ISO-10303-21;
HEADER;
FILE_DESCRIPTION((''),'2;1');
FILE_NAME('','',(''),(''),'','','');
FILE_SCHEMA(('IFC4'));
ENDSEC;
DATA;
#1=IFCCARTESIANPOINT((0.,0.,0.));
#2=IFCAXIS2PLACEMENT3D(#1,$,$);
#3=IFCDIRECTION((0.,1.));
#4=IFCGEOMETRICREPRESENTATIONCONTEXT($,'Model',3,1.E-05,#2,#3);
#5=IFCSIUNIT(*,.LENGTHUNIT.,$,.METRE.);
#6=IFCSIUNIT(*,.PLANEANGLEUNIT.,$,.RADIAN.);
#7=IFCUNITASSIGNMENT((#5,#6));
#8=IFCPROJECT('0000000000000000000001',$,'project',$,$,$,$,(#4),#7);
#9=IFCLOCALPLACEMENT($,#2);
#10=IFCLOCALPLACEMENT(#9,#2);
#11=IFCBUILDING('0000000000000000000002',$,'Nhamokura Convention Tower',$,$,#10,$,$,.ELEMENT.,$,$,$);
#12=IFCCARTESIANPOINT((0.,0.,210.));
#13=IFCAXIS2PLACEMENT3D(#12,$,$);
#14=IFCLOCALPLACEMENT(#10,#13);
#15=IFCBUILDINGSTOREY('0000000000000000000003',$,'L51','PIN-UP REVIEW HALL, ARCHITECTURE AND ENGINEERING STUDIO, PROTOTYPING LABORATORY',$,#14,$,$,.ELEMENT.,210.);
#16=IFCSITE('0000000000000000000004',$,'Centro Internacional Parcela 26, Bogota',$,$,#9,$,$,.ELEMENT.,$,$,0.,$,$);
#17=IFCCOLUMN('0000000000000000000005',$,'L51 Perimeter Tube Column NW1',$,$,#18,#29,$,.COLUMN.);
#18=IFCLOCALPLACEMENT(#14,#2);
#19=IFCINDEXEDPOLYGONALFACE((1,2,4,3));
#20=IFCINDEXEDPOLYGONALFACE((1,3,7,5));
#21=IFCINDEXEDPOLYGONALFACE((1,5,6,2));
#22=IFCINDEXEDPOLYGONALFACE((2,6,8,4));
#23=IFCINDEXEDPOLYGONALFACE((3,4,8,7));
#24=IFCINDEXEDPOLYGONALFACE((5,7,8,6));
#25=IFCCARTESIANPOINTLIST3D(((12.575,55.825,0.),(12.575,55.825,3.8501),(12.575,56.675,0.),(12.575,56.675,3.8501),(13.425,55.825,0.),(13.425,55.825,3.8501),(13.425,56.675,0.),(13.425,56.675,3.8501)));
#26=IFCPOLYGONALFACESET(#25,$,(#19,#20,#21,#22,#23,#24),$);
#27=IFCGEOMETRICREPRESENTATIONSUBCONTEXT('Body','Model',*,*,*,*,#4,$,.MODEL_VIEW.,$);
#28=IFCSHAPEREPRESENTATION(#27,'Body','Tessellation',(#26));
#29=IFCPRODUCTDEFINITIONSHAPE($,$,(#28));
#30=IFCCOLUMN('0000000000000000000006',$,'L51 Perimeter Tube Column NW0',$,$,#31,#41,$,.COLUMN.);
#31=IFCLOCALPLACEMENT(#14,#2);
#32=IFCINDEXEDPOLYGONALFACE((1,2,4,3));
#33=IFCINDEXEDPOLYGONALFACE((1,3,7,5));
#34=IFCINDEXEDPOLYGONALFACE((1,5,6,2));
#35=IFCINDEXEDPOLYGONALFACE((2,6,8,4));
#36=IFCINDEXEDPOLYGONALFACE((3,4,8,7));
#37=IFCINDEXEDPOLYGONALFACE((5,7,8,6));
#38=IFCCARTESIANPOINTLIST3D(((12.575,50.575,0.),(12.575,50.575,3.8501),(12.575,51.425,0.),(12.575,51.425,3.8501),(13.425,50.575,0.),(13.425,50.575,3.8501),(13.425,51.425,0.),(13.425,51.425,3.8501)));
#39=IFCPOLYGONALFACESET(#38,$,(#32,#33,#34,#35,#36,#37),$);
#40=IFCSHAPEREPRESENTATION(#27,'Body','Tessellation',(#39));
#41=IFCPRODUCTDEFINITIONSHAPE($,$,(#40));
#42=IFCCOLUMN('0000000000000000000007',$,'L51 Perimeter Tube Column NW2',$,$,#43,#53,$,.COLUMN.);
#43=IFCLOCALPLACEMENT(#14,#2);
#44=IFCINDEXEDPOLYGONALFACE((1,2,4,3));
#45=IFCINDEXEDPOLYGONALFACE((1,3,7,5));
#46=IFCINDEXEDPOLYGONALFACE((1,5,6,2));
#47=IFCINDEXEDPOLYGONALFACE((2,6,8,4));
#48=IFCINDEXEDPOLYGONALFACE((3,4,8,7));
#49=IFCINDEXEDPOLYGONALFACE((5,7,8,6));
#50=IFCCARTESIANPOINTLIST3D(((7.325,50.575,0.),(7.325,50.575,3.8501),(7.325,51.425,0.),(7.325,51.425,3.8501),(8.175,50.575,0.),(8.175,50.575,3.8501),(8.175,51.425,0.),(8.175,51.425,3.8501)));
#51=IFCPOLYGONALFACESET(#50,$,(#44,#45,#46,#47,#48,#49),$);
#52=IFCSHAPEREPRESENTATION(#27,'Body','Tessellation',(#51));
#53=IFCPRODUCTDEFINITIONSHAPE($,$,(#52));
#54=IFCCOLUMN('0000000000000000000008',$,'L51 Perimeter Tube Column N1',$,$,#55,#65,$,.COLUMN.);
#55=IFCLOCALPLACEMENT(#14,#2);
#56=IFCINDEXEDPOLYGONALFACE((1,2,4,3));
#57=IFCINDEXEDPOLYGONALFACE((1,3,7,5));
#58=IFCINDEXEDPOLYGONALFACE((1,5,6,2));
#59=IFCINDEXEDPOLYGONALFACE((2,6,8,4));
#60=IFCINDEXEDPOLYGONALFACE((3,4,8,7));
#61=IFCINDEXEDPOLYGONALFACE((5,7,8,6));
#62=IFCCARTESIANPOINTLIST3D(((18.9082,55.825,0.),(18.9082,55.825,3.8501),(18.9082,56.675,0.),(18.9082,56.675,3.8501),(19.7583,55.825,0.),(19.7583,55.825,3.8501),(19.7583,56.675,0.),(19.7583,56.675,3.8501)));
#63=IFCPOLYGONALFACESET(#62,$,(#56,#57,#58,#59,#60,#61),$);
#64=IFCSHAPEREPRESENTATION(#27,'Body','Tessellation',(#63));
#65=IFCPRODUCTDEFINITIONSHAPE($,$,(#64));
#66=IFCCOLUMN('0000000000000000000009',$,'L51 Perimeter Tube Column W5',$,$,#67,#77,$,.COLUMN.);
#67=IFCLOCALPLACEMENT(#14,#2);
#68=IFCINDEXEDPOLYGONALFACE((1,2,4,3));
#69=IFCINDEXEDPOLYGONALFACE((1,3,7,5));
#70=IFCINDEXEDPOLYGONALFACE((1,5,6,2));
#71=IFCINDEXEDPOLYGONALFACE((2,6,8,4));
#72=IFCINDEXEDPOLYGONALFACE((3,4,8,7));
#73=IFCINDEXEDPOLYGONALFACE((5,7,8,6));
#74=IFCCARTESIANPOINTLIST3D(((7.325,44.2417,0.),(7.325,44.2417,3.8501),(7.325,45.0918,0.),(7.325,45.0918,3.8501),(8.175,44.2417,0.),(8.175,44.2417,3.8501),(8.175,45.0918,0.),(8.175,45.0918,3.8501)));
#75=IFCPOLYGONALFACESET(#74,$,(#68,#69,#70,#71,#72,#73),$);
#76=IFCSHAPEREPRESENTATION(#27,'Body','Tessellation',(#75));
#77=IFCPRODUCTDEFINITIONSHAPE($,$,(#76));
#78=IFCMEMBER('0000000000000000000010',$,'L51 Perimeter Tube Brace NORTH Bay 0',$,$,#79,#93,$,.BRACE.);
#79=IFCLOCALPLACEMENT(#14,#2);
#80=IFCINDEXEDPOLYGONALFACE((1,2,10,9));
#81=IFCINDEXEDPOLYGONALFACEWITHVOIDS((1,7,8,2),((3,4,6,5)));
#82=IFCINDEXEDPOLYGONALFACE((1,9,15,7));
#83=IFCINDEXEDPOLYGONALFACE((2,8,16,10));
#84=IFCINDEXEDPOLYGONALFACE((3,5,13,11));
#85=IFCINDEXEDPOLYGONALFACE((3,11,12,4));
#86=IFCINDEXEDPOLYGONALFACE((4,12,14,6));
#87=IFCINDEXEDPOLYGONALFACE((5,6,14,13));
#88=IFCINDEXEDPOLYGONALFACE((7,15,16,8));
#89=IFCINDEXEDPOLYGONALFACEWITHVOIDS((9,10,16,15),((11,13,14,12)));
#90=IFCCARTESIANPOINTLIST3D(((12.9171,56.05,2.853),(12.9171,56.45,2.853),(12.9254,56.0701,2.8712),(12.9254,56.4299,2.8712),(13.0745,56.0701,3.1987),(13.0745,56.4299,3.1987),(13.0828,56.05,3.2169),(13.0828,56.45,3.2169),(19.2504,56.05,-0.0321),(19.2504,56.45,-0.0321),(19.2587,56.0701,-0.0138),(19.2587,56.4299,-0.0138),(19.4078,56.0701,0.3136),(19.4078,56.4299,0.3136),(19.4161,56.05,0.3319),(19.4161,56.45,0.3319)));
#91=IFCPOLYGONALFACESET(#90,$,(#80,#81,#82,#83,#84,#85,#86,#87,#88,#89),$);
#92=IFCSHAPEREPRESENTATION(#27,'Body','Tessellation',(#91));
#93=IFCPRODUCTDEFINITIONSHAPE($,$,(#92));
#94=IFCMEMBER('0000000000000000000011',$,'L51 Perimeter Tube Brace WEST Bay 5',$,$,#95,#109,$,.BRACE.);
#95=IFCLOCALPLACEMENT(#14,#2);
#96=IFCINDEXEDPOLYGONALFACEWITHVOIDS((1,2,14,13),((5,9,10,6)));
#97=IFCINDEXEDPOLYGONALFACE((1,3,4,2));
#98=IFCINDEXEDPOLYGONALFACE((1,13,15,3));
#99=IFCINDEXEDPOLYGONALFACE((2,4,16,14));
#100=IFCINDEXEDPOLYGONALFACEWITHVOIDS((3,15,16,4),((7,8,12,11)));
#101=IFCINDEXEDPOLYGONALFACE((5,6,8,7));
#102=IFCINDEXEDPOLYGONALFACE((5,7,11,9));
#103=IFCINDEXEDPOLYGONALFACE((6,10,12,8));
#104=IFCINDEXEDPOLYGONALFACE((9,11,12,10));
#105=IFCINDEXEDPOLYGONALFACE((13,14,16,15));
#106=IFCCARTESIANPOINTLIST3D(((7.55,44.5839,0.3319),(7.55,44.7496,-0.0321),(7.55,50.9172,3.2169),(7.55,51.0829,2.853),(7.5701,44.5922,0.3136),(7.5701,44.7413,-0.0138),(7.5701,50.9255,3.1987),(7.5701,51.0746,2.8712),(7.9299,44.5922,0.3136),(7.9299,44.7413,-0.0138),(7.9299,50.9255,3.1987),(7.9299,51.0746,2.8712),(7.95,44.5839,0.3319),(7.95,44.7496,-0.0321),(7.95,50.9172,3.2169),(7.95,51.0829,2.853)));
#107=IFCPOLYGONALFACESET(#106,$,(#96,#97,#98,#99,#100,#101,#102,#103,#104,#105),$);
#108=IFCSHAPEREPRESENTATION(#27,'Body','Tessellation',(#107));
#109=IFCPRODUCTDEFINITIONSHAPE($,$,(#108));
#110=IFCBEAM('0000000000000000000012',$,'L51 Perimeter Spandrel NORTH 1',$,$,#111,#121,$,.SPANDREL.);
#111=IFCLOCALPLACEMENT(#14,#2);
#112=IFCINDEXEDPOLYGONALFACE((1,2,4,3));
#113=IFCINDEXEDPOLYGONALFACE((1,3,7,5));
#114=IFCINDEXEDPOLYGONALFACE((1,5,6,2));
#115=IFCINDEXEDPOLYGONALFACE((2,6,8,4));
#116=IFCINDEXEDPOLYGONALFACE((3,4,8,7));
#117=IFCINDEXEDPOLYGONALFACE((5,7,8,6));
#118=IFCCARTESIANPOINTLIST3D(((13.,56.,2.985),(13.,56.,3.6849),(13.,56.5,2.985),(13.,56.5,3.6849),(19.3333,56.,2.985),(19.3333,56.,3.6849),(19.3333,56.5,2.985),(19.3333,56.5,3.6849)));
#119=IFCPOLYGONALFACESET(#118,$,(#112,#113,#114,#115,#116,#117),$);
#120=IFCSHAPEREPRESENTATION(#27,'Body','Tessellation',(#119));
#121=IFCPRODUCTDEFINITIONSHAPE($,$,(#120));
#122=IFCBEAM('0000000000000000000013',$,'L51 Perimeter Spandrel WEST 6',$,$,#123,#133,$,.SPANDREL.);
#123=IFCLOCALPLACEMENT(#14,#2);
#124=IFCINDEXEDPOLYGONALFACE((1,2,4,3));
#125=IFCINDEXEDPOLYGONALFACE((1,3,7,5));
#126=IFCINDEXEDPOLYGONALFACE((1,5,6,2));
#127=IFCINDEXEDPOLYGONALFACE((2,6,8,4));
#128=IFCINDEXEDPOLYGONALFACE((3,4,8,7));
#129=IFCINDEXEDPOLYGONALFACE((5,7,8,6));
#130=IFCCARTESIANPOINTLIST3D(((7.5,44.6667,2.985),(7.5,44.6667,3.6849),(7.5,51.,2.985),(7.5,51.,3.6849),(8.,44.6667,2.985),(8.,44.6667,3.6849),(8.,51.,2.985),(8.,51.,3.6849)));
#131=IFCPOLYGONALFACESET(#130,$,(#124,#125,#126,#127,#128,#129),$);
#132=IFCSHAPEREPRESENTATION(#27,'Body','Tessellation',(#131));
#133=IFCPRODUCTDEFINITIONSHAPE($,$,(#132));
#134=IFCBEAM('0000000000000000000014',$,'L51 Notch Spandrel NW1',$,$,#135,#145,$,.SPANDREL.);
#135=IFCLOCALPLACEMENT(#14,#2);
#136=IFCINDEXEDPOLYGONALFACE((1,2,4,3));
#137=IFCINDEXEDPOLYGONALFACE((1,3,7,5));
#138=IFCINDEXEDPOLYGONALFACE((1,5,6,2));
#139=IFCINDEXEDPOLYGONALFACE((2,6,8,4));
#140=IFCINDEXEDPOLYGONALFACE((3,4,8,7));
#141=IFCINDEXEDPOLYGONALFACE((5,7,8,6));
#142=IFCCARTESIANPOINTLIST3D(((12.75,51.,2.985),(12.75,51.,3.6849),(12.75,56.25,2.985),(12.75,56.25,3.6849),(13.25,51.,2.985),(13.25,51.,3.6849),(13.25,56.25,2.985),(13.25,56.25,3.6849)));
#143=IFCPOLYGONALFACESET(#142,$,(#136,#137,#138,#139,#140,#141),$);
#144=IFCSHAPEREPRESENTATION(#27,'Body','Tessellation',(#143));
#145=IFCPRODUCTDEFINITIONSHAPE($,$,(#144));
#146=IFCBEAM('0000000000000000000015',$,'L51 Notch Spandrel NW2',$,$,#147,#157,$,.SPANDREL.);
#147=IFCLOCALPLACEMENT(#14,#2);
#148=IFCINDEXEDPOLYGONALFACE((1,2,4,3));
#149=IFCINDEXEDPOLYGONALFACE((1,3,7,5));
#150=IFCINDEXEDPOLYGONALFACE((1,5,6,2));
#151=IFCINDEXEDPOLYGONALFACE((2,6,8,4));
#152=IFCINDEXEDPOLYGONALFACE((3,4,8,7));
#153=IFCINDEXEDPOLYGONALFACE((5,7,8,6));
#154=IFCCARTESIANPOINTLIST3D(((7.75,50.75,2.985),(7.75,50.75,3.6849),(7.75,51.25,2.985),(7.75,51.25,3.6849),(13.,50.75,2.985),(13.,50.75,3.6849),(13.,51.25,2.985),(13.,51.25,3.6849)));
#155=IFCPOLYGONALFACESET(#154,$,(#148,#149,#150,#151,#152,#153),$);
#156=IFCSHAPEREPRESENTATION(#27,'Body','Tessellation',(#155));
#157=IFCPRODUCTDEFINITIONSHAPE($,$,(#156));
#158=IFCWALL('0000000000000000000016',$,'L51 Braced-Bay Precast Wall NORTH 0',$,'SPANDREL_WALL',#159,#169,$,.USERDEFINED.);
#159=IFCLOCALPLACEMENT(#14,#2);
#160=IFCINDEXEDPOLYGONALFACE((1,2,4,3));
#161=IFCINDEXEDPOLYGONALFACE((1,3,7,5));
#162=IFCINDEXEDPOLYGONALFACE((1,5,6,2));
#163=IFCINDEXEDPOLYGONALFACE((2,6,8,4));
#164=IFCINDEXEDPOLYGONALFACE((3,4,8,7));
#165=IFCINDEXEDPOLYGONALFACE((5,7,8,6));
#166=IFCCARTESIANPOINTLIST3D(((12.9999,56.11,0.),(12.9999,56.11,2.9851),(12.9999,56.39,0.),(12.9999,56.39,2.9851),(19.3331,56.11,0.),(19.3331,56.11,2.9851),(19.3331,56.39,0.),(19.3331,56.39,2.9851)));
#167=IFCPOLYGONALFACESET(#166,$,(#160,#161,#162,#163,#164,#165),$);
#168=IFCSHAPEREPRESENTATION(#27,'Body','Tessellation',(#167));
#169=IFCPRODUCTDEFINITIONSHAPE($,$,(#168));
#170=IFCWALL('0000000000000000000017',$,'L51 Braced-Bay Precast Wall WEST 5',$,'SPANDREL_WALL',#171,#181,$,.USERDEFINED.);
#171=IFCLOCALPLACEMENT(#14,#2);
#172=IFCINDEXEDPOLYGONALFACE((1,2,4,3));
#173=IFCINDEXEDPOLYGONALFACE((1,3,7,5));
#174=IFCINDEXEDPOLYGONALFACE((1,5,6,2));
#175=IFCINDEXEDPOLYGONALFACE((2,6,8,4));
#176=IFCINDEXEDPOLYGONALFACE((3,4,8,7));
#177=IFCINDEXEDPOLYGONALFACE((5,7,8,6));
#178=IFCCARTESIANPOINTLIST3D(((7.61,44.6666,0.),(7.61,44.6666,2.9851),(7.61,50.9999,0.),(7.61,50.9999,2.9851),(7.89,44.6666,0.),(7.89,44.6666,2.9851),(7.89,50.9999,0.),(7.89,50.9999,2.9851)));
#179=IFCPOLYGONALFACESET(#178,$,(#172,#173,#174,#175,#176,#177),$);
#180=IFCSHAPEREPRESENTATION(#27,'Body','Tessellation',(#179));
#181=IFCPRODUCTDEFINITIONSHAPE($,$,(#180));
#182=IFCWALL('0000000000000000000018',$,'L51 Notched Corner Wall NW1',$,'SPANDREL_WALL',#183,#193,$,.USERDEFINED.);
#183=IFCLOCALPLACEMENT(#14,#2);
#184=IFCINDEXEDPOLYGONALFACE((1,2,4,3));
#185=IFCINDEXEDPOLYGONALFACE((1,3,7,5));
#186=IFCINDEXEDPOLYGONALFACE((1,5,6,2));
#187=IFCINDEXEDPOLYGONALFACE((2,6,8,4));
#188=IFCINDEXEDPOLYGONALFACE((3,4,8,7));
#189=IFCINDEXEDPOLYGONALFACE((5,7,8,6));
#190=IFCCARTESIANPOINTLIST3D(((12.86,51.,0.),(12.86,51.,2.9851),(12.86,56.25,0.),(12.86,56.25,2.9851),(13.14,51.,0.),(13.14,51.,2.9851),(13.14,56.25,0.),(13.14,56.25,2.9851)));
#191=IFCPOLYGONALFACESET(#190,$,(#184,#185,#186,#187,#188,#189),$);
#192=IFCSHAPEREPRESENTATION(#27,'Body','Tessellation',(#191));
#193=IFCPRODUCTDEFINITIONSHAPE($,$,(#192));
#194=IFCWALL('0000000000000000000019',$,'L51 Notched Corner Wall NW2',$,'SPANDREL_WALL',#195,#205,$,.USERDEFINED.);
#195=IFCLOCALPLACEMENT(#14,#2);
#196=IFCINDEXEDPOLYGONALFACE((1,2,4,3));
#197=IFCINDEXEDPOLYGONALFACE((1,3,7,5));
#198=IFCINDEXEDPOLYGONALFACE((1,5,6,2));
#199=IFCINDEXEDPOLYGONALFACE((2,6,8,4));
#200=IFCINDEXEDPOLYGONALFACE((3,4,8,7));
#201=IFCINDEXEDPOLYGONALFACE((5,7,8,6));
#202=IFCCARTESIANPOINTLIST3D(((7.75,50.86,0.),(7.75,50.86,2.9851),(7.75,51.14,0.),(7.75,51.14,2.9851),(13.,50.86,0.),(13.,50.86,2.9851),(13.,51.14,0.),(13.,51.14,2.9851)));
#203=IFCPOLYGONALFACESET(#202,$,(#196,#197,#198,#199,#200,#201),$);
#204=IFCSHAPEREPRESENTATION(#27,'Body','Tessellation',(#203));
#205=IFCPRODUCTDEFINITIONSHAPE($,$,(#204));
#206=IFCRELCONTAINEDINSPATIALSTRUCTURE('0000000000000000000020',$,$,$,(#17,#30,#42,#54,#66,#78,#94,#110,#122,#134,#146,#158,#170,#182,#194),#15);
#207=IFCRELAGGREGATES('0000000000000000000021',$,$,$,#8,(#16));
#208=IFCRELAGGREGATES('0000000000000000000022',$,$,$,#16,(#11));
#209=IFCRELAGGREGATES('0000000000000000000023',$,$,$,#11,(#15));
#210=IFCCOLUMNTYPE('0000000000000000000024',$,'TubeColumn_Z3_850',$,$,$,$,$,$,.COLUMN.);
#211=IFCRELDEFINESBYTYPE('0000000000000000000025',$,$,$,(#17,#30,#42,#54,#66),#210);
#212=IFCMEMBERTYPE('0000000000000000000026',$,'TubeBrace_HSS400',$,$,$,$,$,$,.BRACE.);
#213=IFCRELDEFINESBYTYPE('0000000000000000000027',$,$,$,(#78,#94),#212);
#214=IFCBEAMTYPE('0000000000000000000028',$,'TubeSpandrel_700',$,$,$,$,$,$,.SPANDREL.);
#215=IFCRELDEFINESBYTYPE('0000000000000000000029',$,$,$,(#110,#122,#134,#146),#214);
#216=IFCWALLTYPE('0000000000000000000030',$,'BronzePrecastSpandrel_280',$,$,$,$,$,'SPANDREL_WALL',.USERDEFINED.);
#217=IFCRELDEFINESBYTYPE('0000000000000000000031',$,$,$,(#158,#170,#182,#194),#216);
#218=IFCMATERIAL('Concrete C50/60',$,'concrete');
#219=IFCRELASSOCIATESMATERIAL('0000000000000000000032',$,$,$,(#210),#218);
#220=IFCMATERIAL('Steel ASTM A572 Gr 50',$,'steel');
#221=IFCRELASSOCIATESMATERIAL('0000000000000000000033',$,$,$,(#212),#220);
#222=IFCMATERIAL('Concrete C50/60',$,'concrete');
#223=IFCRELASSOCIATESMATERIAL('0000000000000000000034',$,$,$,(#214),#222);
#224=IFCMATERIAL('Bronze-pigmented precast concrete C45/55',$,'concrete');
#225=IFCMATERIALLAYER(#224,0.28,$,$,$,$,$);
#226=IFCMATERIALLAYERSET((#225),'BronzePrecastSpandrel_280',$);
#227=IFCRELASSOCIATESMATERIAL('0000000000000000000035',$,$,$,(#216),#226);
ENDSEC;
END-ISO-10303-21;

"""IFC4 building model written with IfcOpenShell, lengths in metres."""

from ifc_helpers import new_model, si_unit, direction, frame, frame_2d, origin, origin_2d, place, context, subcontext, project, spatial, rectangle, hollow_rectangle, extrude, material, layer, layer_set, material_profile, profile_set, type_object, element, save


model = new_model("IFC4")

# Units and contexts
model_context = context("Model", 3, precision=1e-05, world=origin(), true_north=direction((0.0, 1.0)))
body_context = subcontext(model_context, "Body", "Model", "MODEL_VIEW")
ifc_project = project(units=[si_unit("LENGTHUNIT", "METRE"), si_unit("PLANEANGLEUNIT", "RADIAN")], contexts=[model_context])

# Site, building, storey
site_placement = place(None, origin())
site = spatial("IfcSite", under=ifc_project, at=site_placement, Name="Centro Internacional Parcela 26, Bogota", CompositionType="ELEMENT", RefElevation=0.0)
building_placement = place(site_placement, origin())
building = spatial("IfcBuilding", under=site, at=building_placement, Name="Nhamokura Convention Tower", CompositionType="ELEMENT")
storey_placement = place(building_placement, frame((0.0, 0.0, 210.0)))
storey = spatial("IfcBuildingStorey", under=building, at=storey_placement, Name="L51", Description="PIN-UP REVIEW HALL, ARCHITECTURE AND ENGINEERING STUDIO, PROTOTYPING LABORATORY", CompositionType="ELEMENT", Elevation=210.0)

# Columns
ifc_material_1 = material(Name="Concrete C50/60", Category="concrete")
ifc_material_profile_1 = material_profile(ifc_material_1, rectangle(XDim=0.8501, YDim=0.8501, at=origin_2d()))
ifc_profile_set_1 = profile_set([ifc_material_profile_1], Name="Concrete C50/60")
column_type = type_object("IfcColumnType", Name="TubeColumn_Z3_850", PredefinedType="COLUMN", material=ifc_profile_set_1)
for number, where, z_axis, x_axis, name in (
    (1, (13.0, 56.25, 0.0), (0.0, 0.0, 1.0), (1.0, 0.0, 0.0), "L51 Perimeter Tube Column NW1"),
    (2, (13.0, 51.0, 0.0), (0.0, 0.0, 1.0), (1.0, 0.0, 0.0), "L51 Perimeter Tube Column NW0"),
    (3, (7.75, 51.0, 0.0), (0.0, 0.0, 1.0), (1.0, 0.0, 0.0), "L51 Perimeter Tube Column NW2"),
    (4, (19.3333, 56.25, 0.0), (0.0, 0.0, 1.0), (1.0, 0.0, 0.0), "L51 Perimeter Tube Column N1"),
    (5, (7.75, 44.6667, 0.0), (0.0, 0.0, 1.0), (1.0, 0.0, 0.0), "L51 Perimeter Tube Column W5"),
):
    element("IfcColumn", number, at=place(storey_placement, frame(where, z_axis=z_axis, x_axis=x_axis)), inside=storey, type_object=column_type, Name=name, PredefinedType="COLUMN", context=body_context, shape_type="SweptSolid", body=[
        extrude(rectangle(XDim=0.8501, YDim=0.8501, at=origin_2d()), origin(), (0.0, 0.0, 1.0), 3.8501),
    ])

# Members
ifc_material_2 = material(Name="Steel ASTM A572 Gr 50", Category="steel")
ifc_material_profile_2 = material_profile(ifc_material_2, hollow_rectangle(XDim=0.3999, YDim=0.3999, WallThickness=0.02, at=origin_2d()))
ifc_profile_set_2 = profile_set([ifc_material_profile_2], Name="Steel ASTM A572 Gr 50")
member_type = type_object("IfcMemberType", Name="TubeBrace_HSS400", PredefinedType="BRACE", material=ifc_profile_set_2)
for number, where, z_axis, x_axis, name in (
    (6, (19.3333, 56.25, 0.1499), (-0.910027, 0.0, 0.414548), (0.0, -1.0, 0.0), "L51 Perimeter Tube Brace NORTH Bay 0"),
    (7, (7.75, 44.6667, 0.1499), (0.0, 0.910027, 0.414548), (-1.0, 0.0, 0.0), "L51 Perimeter Tube Brace WEST Bay 5"),
):
    element("IfcMember", number, at=place(storey_placement, frame(where, z_axis=z_axis, x_axis=x_axis)), inside=storey, type_object=member_type, Name=name, PredefinedType="BRACE", context=body_context, shape_type="SweptSolid", body=[
        extrude(hollow_rectangle(XDim=0.3999, YDim=0.3999, WallThickness=0.02, at=origin_2d()), origin(), (0.0, 0.0, 1.0), 6.9595),
    ])

# Beams
ifc_material_3 = material(Name="Concrete C50/60", Category="concrete")
ifc_material_profile_3 = material_profile(ifc_material_3, rectangle(XDim=0.5, YDim=0.7, at=origin_2d()))
ifc_profile_set_3 = profile_set([ifc_material_profile_3], Name="Concrete C50/60")
beam_type = type_object("IfcBeamType", Name="TubeSpandrel_700", PredefinedType="SPANDREL", material=ifc_profile_set_3)
for number, where, z_axis, x_axis, name in (
    (8, (13.0, 56.25, 3.335), (1.0, 0.0, 0.0), (0.0, 1.0, 0.0), "L51 Perimeter Spandrel NORTH 1"),
    (9, (7.75, 44.6667, 3.335), (0.0, 1.0, 0.0), (-1.0, 0.0, 0.0), "L51 Perimeter Spandrel WEST 6"),
):
    element("IfcBeam", number, at=place(storey_placement, frame(where, z_axis=z_axis, x_axis=x_axis)), inside=storey, type_object=beam_type, Name=name, PredefinedType="SPANDREL", context=body_context, shape_type="SweptSolid", body=[
        extrude(rectangle(XDim=0.5, YDim=0.7, at=origin_2d()), origin(), (0.0, 0.0, 1.0), 6.3333),
    ])
for number, where, z_axis, x_axis, name in (
    (10, (13.0, 56.25, 3.335), (0.0, -1.0, 0.0), (1.0, 0.0, 0.0), "L51 Notch Spandrel NW1"),
    (11, (13.0, 51.0, 3.335), (-1.0, 0.0, 0.0), (0.0, -1.0, 0.0), "L51 Notch Spandrel NW2"),
):
    element("IfcBeam", number, at=place(storey_placement, frame(where, z_axis=z_axis, x_axis=x_axis)), inside=storey, type_object=beam_type, Name=name, PredefinedType="SPANDREL", context=body_context, shape_type="SweptSolid", body=[
        extrude(rectangle(XDim=0.5, YDim=0.7, at=origin_2d()), origin(), (0.0, 0.0, 1.0), 5.25),
    ])

# Walls
ifc_material_4 = material(Name="Bronze-pigmented precast concrete C45/55", Category="concrete")
ifc_layer_1 = layer(ifc_material_4, 0.28)
ifc_layer_set_1 = layer_set([ifc_layer_1], Name="BronzePrecastSpandrel_280")
wall_type_1 = type_object("IfcWallType", Name="BronzePrecastSpandrel_280", ElementType="SPANDREL_WALL", PredefinedType="USERDEFINED", material=ifc_layer_set_1)
for number, where, z_axis, x_axis, name in (
    (12, (13.0, 56.25, 0.0), (0.0, 0.0, 1.0), (1.0, 0.0, 0.0), "L51 Braced-Bay Precast Wall NORTH 0"),
    (13, (7.75, 44.6667, 0.0), (0.0, 0.0, 1.0), (0.0, 1.0, 0.0), "L51 Braced-Bay Precast Wall WEST 5"),
):
    element("IfcWall", number, at=place(storey_placement, frame(where, z_axis=z_axis, x_axis=x_axis)), inside=storey, type_object=wall_type_1, Name=name, ObjectType="SPANDREL_WALL", PredefinedType="USERDEFINED", context=body_context, shape_type="SweptSolid", body=[
        extrude(rectangle(XDim=6.3333, YDim=0.28, at=frame_2d((3.1665, 0.0))), origin(), (0.0, 0.0, 1.0), 2.9851),
    ])
for number, where, z_axis, x_axis, name in (
    (14, (13.0, 51.0, 0.0), (0.0, 0.0, 1.0), (0.0, 1.0, 0.0), "L51 Notched Corner Wall NW1"),
    (15, (7.75, 51.0, 0.0), (0.0, 0.0, 1.0), (1.0, 0.0, 0.0), "L51 Notched Corner Wall NW2"),
):
    element("IfcWall", number, at=place(storey_placement, frame(where, z_axis=z_axis, x_axis=x_axis)), inside=storey, type_object=wall_type_1, Name=name, ObjectType="SPANDREL_WALL", PredefinedType="USERDEFINED", context=body_context, shape_type="SweptSolid", body=[
        extrude(rectangle(XDim=5.25, YDim=0.28, at=frame_2d((2.625, 0.0))), origin(), (0.0, 0.0, 1.0), 2.9851),
    ])

save(model, "model.ifc")
